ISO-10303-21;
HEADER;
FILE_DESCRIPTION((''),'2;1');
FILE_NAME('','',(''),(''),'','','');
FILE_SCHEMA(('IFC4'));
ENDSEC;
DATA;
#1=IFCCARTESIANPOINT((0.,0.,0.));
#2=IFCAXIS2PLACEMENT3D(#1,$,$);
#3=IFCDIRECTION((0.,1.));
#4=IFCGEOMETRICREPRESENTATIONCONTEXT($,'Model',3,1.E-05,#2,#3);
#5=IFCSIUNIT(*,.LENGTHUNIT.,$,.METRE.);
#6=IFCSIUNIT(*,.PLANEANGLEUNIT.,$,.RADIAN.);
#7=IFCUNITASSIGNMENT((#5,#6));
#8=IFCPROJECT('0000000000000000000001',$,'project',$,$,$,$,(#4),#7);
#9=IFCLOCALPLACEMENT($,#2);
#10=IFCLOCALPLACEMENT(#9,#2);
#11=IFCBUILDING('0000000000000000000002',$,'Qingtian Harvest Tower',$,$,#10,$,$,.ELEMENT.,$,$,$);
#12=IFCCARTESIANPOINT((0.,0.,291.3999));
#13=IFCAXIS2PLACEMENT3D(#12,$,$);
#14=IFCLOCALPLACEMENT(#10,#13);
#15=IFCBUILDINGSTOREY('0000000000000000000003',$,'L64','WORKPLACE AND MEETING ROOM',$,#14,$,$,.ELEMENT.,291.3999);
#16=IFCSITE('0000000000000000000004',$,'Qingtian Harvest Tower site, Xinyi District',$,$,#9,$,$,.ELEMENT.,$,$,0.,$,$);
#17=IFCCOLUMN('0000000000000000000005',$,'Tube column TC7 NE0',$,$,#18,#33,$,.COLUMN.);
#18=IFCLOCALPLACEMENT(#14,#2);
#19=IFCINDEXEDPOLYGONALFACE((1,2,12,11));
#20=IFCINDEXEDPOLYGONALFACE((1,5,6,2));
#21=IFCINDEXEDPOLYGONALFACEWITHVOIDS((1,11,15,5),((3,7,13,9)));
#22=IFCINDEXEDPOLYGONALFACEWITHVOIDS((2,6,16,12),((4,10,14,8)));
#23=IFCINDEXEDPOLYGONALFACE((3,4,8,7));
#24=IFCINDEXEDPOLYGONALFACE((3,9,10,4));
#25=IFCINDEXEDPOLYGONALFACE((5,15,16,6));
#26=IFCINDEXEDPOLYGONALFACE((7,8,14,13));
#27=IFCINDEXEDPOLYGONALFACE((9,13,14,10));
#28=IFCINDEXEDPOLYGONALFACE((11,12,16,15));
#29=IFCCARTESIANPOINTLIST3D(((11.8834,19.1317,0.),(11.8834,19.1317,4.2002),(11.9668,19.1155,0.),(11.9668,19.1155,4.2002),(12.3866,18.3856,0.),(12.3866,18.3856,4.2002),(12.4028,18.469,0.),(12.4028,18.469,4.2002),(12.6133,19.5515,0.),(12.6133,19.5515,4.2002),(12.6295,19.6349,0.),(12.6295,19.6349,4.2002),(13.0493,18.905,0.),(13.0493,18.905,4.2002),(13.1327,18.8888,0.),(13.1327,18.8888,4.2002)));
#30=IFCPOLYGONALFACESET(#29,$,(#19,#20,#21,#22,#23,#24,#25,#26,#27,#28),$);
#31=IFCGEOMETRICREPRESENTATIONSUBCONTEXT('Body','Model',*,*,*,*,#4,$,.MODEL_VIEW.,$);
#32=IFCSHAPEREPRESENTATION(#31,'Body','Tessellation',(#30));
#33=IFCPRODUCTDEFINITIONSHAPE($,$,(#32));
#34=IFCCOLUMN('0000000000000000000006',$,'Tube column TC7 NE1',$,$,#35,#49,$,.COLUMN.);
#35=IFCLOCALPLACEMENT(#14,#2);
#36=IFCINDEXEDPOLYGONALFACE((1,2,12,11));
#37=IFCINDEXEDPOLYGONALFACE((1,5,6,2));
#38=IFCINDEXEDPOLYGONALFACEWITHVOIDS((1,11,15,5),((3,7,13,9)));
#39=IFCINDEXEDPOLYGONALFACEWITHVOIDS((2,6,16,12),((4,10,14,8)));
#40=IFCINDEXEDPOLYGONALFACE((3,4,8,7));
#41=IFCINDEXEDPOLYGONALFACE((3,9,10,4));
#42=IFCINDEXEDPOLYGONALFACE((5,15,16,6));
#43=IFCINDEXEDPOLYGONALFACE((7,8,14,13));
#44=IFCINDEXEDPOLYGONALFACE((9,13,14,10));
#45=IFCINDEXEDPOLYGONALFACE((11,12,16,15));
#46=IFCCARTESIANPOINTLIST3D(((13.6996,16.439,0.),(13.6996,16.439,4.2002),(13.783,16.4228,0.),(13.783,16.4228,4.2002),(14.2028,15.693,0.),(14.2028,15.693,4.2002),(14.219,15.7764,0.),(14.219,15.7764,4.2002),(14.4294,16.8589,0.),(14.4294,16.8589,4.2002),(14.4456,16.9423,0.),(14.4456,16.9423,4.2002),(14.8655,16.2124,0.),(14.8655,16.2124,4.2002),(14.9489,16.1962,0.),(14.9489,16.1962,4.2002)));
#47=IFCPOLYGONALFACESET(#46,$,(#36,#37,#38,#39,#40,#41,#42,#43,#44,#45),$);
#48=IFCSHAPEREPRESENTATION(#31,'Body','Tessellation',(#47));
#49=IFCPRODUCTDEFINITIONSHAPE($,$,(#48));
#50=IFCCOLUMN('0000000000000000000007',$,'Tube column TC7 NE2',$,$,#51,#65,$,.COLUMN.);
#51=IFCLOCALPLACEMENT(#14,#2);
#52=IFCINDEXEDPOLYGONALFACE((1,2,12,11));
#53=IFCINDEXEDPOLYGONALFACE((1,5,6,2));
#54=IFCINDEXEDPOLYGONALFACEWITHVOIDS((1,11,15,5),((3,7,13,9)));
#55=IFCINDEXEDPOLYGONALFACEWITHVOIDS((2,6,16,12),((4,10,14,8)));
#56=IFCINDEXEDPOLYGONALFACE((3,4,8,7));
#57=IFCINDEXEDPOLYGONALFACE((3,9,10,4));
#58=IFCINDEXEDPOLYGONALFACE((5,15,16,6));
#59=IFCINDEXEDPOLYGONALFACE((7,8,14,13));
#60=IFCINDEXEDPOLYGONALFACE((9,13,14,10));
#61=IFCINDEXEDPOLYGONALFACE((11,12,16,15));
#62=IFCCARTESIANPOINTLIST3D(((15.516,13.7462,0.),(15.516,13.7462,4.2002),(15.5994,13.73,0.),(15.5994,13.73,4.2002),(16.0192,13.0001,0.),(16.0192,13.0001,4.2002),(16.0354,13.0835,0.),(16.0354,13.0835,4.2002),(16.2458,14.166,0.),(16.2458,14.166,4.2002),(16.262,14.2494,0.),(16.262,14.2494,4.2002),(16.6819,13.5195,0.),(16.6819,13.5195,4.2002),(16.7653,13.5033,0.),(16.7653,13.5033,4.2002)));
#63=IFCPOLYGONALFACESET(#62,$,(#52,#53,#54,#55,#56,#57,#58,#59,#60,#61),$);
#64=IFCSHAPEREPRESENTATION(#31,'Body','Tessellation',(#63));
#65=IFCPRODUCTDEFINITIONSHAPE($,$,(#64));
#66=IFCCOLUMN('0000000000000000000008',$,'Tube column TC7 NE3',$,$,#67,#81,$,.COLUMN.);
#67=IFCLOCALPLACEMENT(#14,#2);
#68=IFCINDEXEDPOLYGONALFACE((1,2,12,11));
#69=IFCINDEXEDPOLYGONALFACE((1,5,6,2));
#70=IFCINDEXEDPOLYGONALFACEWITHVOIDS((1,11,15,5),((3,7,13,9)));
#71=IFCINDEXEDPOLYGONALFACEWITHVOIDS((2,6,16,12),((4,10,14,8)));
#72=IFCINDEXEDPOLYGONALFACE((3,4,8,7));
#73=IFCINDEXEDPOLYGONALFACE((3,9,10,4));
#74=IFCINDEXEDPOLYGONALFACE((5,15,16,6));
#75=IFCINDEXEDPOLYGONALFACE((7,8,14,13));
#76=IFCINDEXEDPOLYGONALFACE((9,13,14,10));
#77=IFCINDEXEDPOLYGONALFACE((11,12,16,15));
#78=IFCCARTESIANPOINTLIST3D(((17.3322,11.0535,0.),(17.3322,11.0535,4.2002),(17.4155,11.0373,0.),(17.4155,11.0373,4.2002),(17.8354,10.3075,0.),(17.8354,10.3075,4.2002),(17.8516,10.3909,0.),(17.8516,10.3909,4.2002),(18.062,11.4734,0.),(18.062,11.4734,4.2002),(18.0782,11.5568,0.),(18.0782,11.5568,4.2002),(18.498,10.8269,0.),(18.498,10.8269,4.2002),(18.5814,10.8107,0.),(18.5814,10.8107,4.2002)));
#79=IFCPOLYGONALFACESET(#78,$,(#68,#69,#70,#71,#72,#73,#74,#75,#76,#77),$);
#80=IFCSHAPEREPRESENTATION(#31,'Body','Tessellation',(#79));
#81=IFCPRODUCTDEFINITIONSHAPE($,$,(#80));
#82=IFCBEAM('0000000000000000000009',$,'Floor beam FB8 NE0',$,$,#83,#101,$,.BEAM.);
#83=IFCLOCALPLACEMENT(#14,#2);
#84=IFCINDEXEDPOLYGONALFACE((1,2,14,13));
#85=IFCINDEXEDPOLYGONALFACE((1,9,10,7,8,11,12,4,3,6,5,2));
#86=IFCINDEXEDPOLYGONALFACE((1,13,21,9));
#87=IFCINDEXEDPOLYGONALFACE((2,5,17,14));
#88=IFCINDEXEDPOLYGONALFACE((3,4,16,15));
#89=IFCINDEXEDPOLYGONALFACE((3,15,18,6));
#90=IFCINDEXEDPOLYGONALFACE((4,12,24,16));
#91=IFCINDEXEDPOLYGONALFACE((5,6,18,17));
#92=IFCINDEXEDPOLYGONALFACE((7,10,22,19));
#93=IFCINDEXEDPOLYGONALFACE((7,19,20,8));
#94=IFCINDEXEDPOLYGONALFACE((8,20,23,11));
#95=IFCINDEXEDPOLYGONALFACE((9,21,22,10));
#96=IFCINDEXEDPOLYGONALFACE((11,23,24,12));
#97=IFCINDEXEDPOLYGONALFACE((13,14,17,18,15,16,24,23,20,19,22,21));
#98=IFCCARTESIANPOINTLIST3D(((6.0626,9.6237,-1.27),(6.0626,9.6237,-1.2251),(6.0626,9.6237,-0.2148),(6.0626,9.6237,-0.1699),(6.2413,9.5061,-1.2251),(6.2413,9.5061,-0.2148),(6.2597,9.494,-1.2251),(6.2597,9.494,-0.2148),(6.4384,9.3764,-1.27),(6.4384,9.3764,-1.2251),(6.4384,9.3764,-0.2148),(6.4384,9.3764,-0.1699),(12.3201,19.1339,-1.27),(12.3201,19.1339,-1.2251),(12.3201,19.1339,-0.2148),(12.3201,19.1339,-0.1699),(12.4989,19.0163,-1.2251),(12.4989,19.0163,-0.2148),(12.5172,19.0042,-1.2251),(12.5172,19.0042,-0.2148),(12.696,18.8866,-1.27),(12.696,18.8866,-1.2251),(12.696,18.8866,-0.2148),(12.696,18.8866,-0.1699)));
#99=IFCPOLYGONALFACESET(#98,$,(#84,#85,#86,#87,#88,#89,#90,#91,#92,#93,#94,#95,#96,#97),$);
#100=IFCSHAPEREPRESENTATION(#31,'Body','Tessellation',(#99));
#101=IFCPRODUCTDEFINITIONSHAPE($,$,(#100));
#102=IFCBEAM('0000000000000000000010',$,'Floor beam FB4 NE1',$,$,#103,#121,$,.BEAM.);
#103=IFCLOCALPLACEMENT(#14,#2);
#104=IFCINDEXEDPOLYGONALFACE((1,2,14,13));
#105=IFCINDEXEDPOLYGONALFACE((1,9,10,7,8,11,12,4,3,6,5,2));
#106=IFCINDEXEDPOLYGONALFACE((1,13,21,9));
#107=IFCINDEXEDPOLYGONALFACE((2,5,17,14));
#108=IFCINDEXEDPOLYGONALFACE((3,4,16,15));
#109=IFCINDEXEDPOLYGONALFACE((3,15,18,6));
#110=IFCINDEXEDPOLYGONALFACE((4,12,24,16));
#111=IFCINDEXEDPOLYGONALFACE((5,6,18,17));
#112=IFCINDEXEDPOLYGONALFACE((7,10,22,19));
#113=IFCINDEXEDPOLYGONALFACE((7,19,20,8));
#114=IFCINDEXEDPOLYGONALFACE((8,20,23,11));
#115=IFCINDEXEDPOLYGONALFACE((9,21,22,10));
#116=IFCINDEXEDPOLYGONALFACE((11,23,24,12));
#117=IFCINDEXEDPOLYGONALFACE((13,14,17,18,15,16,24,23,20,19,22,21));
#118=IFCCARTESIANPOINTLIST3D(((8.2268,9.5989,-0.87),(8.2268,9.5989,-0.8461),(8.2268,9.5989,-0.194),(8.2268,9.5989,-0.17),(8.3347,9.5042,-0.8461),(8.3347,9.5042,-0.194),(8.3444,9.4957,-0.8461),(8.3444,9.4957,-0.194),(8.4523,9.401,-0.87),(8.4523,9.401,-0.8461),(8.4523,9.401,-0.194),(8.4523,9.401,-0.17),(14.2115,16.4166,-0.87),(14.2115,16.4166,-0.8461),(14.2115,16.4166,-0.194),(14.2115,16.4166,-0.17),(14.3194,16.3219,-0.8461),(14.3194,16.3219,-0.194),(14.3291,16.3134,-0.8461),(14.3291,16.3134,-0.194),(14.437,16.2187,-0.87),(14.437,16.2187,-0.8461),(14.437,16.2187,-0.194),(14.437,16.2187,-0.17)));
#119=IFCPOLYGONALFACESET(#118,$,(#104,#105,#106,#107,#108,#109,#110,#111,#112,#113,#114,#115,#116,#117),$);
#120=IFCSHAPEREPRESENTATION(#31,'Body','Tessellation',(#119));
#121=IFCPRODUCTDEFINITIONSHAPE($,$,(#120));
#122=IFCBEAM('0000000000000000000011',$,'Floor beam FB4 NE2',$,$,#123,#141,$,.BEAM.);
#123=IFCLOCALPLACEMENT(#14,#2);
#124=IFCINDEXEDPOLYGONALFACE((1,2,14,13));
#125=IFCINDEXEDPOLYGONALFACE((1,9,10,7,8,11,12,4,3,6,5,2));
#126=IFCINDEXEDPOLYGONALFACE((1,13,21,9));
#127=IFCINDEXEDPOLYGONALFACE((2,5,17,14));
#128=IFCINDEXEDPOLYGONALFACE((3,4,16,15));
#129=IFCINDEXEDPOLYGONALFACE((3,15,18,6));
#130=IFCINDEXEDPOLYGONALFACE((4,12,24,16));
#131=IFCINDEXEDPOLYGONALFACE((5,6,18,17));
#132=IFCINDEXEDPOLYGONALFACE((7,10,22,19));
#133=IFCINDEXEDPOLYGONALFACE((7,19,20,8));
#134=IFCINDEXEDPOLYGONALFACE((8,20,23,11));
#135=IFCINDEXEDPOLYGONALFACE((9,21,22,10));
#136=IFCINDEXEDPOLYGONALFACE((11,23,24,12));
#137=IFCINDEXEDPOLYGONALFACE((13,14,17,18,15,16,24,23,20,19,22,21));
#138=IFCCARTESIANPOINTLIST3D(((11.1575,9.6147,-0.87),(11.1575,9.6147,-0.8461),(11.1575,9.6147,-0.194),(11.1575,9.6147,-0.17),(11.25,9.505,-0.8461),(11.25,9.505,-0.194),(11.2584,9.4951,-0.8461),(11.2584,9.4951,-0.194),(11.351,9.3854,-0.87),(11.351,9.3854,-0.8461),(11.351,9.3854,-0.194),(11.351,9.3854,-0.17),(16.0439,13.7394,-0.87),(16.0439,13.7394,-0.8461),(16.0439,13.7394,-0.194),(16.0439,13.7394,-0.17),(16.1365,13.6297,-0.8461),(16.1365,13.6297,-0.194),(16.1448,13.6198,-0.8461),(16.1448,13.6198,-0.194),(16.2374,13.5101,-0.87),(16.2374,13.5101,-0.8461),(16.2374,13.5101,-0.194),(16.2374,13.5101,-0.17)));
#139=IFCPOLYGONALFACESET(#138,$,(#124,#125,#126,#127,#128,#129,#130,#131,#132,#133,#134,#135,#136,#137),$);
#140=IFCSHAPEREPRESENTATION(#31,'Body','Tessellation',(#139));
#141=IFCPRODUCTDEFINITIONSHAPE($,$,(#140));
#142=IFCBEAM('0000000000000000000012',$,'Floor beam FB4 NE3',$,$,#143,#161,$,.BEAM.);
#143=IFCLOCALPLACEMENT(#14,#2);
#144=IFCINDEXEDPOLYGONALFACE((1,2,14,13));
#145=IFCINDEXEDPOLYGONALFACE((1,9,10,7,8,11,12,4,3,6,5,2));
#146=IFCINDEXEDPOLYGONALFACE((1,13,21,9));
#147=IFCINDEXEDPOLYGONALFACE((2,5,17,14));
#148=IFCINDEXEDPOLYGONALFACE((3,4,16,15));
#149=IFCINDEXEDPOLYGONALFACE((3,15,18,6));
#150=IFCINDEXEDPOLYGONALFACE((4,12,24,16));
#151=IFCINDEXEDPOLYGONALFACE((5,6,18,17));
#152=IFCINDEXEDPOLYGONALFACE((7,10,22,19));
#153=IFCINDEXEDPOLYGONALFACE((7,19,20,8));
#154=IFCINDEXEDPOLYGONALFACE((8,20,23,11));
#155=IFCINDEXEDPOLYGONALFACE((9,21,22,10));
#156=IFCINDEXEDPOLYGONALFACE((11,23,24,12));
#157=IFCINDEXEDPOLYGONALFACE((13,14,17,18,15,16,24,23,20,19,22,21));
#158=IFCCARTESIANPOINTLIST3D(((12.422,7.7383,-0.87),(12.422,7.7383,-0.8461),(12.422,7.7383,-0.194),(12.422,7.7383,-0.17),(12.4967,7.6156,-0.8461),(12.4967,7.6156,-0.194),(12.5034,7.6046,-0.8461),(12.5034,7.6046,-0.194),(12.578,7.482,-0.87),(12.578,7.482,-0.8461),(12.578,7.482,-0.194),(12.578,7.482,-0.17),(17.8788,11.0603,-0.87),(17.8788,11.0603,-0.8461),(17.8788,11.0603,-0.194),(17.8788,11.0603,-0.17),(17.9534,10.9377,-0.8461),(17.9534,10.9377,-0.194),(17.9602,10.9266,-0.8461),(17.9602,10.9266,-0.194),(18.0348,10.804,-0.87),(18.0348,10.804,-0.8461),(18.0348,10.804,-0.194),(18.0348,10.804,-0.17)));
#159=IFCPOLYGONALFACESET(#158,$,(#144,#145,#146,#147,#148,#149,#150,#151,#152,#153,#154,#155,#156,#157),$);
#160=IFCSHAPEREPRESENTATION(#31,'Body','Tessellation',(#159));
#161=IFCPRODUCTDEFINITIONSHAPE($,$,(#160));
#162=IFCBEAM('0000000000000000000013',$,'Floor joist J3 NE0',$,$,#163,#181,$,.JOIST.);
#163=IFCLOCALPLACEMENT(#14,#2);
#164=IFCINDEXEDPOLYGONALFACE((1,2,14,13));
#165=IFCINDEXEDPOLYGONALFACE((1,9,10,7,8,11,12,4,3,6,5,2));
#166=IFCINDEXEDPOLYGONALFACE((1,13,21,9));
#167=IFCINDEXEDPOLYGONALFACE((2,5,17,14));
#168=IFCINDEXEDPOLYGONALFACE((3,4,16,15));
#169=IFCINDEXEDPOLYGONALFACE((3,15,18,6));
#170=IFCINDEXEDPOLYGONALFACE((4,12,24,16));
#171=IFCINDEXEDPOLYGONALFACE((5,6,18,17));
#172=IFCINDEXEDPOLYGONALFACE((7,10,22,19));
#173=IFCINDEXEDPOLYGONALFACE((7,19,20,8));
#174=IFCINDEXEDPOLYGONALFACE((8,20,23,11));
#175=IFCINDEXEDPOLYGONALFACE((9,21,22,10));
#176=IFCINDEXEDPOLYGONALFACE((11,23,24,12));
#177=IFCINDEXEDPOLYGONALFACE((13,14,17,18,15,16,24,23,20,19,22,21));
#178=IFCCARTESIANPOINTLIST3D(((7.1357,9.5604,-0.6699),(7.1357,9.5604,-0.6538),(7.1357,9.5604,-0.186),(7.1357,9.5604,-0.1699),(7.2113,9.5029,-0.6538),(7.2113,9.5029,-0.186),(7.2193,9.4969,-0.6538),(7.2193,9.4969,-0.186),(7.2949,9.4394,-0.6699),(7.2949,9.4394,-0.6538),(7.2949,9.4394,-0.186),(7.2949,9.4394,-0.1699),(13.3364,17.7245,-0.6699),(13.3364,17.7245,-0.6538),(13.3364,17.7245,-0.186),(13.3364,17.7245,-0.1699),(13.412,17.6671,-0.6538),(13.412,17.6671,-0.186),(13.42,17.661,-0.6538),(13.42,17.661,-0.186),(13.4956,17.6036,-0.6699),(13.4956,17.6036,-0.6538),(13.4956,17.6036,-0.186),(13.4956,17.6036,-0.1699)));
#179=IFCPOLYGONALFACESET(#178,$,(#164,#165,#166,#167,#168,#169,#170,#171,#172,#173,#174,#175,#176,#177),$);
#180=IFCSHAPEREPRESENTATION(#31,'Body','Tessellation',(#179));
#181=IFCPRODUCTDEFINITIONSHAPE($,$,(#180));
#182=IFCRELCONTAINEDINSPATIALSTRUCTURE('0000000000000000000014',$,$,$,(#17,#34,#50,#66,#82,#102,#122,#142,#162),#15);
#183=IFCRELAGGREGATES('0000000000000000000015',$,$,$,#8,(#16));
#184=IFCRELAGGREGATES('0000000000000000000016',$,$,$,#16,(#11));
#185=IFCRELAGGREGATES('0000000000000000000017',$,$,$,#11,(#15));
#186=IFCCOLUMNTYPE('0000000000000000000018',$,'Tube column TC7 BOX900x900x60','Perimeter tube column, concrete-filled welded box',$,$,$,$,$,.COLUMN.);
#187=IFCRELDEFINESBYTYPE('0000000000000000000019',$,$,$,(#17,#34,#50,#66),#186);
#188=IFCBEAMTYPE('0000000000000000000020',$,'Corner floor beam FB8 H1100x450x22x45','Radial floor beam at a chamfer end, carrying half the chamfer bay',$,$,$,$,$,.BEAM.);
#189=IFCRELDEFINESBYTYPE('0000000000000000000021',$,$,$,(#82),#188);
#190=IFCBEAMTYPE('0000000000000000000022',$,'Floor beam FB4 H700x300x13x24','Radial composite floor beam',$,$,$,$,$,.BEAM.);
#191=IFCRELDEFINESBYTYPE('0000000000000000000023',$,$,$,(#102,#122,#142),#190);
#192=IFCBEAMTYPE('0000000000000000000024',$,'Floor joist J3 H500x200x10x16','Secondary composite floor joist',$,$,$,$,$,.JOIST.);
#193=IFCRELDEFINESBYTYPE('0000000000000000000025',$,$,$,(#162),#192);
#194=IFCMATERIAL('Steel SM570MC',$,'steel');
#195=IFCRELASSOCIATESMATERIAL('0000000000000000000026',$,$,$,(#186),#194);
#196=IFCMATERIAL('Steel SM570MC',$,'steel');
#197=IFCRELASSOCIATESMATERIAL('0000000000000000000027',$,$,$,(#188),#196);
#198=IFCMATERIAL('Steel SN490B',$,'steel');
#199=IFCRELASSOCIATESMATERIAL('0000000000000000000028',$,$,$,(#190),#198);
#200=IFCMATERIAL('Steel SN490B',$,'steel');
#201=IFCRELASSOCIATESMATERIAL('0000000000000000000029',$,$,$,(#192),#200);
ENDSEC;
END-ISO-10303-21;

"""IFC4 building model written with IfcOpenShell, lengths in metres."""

from ifc_helpers import new_model, si_unit, direction, frame, origin, origin_2d, place, context, subcontext, project, spatial, hollow_rectangle, i_section, extrude, material, material_profile, profile_set, type_object, element, save


model = new_model("IFC4")

# Units and contexts
model_context = context("Model", 3, precision=1e-05, world=origin(), true_north=direction((0.0, 1.0)))
body_context = subcontext(model_context, "Body", "Model", "MODEL_VIEW")
ifc_project = project(units=[si_unit("LENGTHUNIT", "METRE"), si_unit("PLANEANGLEUNIT", "RADIAN")], contexts=[model_context])

# Site, building, storey
site_placement = place(None, origin())
site = spatial("IfcSite", under=ifc_project, at=site_placement, Name="Qingtian Harvest Tower site, Xinyi District", CompositionType="ELEMENT", RefElevation=0.0)
building_placement = place(site_placement, origin())
building = spatial("IfcBuilding", under=site, at=building_placement, Name="Qingtian Harvest Tower", CompositionType="ELEMENT")
storey_placement = place(building_placement, frame((0.0, 0.0, 291.3999)))
storey = spatial("IfcBuildingStorey", under=building, at=storey_placement, Name="L64", Description="WORKPLACE AND MEETING ROOM", CompositionType="ELEMENT", Elevation=291.3999)

# Columns
ifc_material_1 = material(Name="Steel SM570MC", Category="steel")
ifc_material_profile_1 = material_profile(ifc_material_1, hollow_rectangle(XDim=0.8999, YDim=0.8999, WallThickness=0.0601, at=origin_2d()), Name="BOX900x900x60")
ifc_profile_set_1 = profile_set([ifc_material_profile_1], Name="Steel SM570MC")
column_type = type_object("IfcColumnType", Name="Tube column TC7 BOX900x900x60", Description="Perimeter tube column, concrete-filled welded box", PredefinedType="COLUMN", material=ifc_profile_set_1)
for number, where, z_axis, x_axis, name in (
    (1, (12.5081, 19.0103, 0.0), (0.0, 0.0, 1.0), (-0.559193, 0.829038, 0.0), "Tube column TC7 NE0"),
    (2, (14.3242, 16.3176, 0.0), (0.0, 0.0, 1.0), (-0.559193, 0.829038, 0.0), "Tube column TC7 NE1"),
    (3, (16.1406, 13.6248, 0.0), (0.0, 0.0, 1.0), (-0.559193, 0.829038, 0.0), "Tube column TC7 NE2"),
    (4, (17.9568, 10.9321, 0.0), (0.0, 0.0, 1.0), (-0.559193, 0.829038, 0.0), "Tube column TC7 NE3"),
):
    element("IfcColumn", number, at=place(storey_placement, frame(where, z_axis=z_axis, x_axis=x_axis)), inside=storey, type_object=column_type, Name=name, PredefinedType="COLUMN", context=body_context, shape_type="SweptSolid", body=[
        extrude(hollow_rectangle(XDim=0.8999, YDim=0.8999, WallThickness=0.0601, at=origin_2d()), origin(), (0.0, 0.0, 1.0), 4.2002),
    ])

# Beams
ifc_material_2 = material(Name="Steel SM570MC", Category="steel")
ifc_material_profile_2 = material_profile(ifc_material_2, i_section(OverallWidth=0.45, OverallDepth=1.1001, WebThickness=0.022, FlangeThickness=0.0449, at=origin_2d()), Name="H1100x450x22x45")
ifc_profile_set_2 = profile_set([ifc_material_profile_2], Name="Steel SM570MC")
beam_type_1 = type_object("IfcBeamType", Name="Corner floor beam FB8 H1100x450x22x45", Description="Radial floor beam at a chamfer end, carrying half the chamfer bay", PredefinedType="BEAM", material=ifc_profile_set_2)
beam_1_placement = place(storey_placement, frame((12.5081, 19.0103, -0.72), z_axis=(-0.549667, -0.835384, 0.0), x_axis=(0.835384, -0.549667, 0.0)))
element("IfcBeam", 5, at=beam_1_placement, inside=storey, type_object=beam_type_1, Name="Floor beam FB8 NE0", PredefinedType="BEAM", context=body_context, shape_type="SweptSolid", body=[
    extrude(i_section(OverallWidth=0.45, OverallDepth=1.1001, WebThickness=0.022, FlangeThickness=0.0449, at=origin_2d()), origin(), (0.0, 0.0, 1.0), 11.3843),
])
ifc_material_3 = material(Name="Steel SN490B", Category="steel")
ifc_material_profile_3 = material_profile(ifc_material_3, i_section(OverallWidth=0.3, OverallDepth=0.7, WebThickness=0.0129, FlangeThickness=0.0239, at=origin_2d()), Name="H700x300x13x24")
ifc_profile_set_3 = profile_set([ifc_material_profile_3], Name="Steel SN490B")
beam_type_2 = type_object("IfcBeamType", Name="Floor beam FB4 H700x300x13x24", Description="Radial composite floor beam", PredefinedType="BEAM", material=ifc_profile_set_3)
beam_2_placement = place(storey_placement, frame((14.3242, 16.3176, -0.52), z_axis=(-0.659702, -0.751527, 0.0), x_axis=(0.751527, -0.659702, 0.0)))
element("IfcBeam", 6, at=beam_2_placement, inside=storey, type_object=beam_type_2, Name="Floor beam FB4 NE1", PredefinedType="BEAM", context=body_context, shape_type="SweptSolid", body=[
    extrude(i_section(OverallWidth=0.3, OverallDepth=0.7, WebThickness=0.0129, FlangeThickness=0.0239, at=origin_2d()), origin(), (0.0, 0.0, 1.0), 9.0718),
])
beam_3_placement = place(storey_placement, frame((16.1406, 13.6248, -0.52), z_axis=(-0.764153, -0.645035, 0.0), x_axis=(0.645035, -0.764153, 0.0)))
element("IfcBeam", 7, at=beam_3_placement, inside=storey, type_object=beam_type_2, Name="Floor beam FB4 NE2", PredefinedType="BEAM", context=body_context, shape_type="SweptSolid", body=[
    extrude(i_section(OverallWidth=0.3, OverallDepth=0.7, WebThickness=0.0129, FlangeThickness=0.0239, at=origin_2d()), origin(), (0.0, 0.0, 1.0), 6.3945),
])
beam_4_placement = place(storey_placement, frame((17.9568, 10.9321, -0.52), z_axis=(-0.854164, -0.520004, 0.0), x_axis=(0.520004, -0.854164, 0.0)))
element("IfcBeam", 8, at=beam_4_placement, inside=storey, type_object=beam_type_2, Name="Floor beam FB4 NE3", PredefinedType="BEAM", context=body_context, shape_type="SweptSolid", body=[
    extrude(i_section(OverallWidth=0.3, OverallDepth=0.7, WebThickness=0.0129, FlangeThickness=0.0239, at=origin_2d()), origin(), (0.0, 0.0, 1.0), 6.3884),
])
ifc_material_4 = material(Name="Steel SN490B", Category="steel")
ifc_material_profile_4 = material_profile(ifc_material_4, i_section(OverallWidth=0.2, OverallDepth=0.5, WebThickness=0.01, FlangeThickness=0.0161, at=origin_2d()), Name="H500x200x10x16")
ifc_profile_set_4 = profile_set([ifc_material_profile_4], Name="Steel SN490B")
beam_type_3 = type_object("IfcBeamType", Name="Floor joist J3 H500x200x10x16", Description="Secondary composite floor joist", PredefinedType="JOIST", material=ifc_profile_set_4)
beam_5_placement = place(storey_placement, frame((13.416, 17.6641, -0.4199), z_axis=(-0.604836, -0.79635, 0.0), x_axis=(0.79635, -0.604836, 0.0)))
element("IfcBeam", 9, at=beam_5_placement, inside=storey, type_object=beam_type_3, Name="Floor joist J3 NE0", PredefinedType="JOIST", context=body_context, shape_type="SweptSolid", body=[
    extrude(i_section(OverallWidth=0.2, OverallDepth=0.5, WebThickness=0.01, FlangeThickness=0.0161, at=origin_2d()), origin(), (0.0, 0.0, 1.0), 10.252),
])

save(model, "model.ifc")
